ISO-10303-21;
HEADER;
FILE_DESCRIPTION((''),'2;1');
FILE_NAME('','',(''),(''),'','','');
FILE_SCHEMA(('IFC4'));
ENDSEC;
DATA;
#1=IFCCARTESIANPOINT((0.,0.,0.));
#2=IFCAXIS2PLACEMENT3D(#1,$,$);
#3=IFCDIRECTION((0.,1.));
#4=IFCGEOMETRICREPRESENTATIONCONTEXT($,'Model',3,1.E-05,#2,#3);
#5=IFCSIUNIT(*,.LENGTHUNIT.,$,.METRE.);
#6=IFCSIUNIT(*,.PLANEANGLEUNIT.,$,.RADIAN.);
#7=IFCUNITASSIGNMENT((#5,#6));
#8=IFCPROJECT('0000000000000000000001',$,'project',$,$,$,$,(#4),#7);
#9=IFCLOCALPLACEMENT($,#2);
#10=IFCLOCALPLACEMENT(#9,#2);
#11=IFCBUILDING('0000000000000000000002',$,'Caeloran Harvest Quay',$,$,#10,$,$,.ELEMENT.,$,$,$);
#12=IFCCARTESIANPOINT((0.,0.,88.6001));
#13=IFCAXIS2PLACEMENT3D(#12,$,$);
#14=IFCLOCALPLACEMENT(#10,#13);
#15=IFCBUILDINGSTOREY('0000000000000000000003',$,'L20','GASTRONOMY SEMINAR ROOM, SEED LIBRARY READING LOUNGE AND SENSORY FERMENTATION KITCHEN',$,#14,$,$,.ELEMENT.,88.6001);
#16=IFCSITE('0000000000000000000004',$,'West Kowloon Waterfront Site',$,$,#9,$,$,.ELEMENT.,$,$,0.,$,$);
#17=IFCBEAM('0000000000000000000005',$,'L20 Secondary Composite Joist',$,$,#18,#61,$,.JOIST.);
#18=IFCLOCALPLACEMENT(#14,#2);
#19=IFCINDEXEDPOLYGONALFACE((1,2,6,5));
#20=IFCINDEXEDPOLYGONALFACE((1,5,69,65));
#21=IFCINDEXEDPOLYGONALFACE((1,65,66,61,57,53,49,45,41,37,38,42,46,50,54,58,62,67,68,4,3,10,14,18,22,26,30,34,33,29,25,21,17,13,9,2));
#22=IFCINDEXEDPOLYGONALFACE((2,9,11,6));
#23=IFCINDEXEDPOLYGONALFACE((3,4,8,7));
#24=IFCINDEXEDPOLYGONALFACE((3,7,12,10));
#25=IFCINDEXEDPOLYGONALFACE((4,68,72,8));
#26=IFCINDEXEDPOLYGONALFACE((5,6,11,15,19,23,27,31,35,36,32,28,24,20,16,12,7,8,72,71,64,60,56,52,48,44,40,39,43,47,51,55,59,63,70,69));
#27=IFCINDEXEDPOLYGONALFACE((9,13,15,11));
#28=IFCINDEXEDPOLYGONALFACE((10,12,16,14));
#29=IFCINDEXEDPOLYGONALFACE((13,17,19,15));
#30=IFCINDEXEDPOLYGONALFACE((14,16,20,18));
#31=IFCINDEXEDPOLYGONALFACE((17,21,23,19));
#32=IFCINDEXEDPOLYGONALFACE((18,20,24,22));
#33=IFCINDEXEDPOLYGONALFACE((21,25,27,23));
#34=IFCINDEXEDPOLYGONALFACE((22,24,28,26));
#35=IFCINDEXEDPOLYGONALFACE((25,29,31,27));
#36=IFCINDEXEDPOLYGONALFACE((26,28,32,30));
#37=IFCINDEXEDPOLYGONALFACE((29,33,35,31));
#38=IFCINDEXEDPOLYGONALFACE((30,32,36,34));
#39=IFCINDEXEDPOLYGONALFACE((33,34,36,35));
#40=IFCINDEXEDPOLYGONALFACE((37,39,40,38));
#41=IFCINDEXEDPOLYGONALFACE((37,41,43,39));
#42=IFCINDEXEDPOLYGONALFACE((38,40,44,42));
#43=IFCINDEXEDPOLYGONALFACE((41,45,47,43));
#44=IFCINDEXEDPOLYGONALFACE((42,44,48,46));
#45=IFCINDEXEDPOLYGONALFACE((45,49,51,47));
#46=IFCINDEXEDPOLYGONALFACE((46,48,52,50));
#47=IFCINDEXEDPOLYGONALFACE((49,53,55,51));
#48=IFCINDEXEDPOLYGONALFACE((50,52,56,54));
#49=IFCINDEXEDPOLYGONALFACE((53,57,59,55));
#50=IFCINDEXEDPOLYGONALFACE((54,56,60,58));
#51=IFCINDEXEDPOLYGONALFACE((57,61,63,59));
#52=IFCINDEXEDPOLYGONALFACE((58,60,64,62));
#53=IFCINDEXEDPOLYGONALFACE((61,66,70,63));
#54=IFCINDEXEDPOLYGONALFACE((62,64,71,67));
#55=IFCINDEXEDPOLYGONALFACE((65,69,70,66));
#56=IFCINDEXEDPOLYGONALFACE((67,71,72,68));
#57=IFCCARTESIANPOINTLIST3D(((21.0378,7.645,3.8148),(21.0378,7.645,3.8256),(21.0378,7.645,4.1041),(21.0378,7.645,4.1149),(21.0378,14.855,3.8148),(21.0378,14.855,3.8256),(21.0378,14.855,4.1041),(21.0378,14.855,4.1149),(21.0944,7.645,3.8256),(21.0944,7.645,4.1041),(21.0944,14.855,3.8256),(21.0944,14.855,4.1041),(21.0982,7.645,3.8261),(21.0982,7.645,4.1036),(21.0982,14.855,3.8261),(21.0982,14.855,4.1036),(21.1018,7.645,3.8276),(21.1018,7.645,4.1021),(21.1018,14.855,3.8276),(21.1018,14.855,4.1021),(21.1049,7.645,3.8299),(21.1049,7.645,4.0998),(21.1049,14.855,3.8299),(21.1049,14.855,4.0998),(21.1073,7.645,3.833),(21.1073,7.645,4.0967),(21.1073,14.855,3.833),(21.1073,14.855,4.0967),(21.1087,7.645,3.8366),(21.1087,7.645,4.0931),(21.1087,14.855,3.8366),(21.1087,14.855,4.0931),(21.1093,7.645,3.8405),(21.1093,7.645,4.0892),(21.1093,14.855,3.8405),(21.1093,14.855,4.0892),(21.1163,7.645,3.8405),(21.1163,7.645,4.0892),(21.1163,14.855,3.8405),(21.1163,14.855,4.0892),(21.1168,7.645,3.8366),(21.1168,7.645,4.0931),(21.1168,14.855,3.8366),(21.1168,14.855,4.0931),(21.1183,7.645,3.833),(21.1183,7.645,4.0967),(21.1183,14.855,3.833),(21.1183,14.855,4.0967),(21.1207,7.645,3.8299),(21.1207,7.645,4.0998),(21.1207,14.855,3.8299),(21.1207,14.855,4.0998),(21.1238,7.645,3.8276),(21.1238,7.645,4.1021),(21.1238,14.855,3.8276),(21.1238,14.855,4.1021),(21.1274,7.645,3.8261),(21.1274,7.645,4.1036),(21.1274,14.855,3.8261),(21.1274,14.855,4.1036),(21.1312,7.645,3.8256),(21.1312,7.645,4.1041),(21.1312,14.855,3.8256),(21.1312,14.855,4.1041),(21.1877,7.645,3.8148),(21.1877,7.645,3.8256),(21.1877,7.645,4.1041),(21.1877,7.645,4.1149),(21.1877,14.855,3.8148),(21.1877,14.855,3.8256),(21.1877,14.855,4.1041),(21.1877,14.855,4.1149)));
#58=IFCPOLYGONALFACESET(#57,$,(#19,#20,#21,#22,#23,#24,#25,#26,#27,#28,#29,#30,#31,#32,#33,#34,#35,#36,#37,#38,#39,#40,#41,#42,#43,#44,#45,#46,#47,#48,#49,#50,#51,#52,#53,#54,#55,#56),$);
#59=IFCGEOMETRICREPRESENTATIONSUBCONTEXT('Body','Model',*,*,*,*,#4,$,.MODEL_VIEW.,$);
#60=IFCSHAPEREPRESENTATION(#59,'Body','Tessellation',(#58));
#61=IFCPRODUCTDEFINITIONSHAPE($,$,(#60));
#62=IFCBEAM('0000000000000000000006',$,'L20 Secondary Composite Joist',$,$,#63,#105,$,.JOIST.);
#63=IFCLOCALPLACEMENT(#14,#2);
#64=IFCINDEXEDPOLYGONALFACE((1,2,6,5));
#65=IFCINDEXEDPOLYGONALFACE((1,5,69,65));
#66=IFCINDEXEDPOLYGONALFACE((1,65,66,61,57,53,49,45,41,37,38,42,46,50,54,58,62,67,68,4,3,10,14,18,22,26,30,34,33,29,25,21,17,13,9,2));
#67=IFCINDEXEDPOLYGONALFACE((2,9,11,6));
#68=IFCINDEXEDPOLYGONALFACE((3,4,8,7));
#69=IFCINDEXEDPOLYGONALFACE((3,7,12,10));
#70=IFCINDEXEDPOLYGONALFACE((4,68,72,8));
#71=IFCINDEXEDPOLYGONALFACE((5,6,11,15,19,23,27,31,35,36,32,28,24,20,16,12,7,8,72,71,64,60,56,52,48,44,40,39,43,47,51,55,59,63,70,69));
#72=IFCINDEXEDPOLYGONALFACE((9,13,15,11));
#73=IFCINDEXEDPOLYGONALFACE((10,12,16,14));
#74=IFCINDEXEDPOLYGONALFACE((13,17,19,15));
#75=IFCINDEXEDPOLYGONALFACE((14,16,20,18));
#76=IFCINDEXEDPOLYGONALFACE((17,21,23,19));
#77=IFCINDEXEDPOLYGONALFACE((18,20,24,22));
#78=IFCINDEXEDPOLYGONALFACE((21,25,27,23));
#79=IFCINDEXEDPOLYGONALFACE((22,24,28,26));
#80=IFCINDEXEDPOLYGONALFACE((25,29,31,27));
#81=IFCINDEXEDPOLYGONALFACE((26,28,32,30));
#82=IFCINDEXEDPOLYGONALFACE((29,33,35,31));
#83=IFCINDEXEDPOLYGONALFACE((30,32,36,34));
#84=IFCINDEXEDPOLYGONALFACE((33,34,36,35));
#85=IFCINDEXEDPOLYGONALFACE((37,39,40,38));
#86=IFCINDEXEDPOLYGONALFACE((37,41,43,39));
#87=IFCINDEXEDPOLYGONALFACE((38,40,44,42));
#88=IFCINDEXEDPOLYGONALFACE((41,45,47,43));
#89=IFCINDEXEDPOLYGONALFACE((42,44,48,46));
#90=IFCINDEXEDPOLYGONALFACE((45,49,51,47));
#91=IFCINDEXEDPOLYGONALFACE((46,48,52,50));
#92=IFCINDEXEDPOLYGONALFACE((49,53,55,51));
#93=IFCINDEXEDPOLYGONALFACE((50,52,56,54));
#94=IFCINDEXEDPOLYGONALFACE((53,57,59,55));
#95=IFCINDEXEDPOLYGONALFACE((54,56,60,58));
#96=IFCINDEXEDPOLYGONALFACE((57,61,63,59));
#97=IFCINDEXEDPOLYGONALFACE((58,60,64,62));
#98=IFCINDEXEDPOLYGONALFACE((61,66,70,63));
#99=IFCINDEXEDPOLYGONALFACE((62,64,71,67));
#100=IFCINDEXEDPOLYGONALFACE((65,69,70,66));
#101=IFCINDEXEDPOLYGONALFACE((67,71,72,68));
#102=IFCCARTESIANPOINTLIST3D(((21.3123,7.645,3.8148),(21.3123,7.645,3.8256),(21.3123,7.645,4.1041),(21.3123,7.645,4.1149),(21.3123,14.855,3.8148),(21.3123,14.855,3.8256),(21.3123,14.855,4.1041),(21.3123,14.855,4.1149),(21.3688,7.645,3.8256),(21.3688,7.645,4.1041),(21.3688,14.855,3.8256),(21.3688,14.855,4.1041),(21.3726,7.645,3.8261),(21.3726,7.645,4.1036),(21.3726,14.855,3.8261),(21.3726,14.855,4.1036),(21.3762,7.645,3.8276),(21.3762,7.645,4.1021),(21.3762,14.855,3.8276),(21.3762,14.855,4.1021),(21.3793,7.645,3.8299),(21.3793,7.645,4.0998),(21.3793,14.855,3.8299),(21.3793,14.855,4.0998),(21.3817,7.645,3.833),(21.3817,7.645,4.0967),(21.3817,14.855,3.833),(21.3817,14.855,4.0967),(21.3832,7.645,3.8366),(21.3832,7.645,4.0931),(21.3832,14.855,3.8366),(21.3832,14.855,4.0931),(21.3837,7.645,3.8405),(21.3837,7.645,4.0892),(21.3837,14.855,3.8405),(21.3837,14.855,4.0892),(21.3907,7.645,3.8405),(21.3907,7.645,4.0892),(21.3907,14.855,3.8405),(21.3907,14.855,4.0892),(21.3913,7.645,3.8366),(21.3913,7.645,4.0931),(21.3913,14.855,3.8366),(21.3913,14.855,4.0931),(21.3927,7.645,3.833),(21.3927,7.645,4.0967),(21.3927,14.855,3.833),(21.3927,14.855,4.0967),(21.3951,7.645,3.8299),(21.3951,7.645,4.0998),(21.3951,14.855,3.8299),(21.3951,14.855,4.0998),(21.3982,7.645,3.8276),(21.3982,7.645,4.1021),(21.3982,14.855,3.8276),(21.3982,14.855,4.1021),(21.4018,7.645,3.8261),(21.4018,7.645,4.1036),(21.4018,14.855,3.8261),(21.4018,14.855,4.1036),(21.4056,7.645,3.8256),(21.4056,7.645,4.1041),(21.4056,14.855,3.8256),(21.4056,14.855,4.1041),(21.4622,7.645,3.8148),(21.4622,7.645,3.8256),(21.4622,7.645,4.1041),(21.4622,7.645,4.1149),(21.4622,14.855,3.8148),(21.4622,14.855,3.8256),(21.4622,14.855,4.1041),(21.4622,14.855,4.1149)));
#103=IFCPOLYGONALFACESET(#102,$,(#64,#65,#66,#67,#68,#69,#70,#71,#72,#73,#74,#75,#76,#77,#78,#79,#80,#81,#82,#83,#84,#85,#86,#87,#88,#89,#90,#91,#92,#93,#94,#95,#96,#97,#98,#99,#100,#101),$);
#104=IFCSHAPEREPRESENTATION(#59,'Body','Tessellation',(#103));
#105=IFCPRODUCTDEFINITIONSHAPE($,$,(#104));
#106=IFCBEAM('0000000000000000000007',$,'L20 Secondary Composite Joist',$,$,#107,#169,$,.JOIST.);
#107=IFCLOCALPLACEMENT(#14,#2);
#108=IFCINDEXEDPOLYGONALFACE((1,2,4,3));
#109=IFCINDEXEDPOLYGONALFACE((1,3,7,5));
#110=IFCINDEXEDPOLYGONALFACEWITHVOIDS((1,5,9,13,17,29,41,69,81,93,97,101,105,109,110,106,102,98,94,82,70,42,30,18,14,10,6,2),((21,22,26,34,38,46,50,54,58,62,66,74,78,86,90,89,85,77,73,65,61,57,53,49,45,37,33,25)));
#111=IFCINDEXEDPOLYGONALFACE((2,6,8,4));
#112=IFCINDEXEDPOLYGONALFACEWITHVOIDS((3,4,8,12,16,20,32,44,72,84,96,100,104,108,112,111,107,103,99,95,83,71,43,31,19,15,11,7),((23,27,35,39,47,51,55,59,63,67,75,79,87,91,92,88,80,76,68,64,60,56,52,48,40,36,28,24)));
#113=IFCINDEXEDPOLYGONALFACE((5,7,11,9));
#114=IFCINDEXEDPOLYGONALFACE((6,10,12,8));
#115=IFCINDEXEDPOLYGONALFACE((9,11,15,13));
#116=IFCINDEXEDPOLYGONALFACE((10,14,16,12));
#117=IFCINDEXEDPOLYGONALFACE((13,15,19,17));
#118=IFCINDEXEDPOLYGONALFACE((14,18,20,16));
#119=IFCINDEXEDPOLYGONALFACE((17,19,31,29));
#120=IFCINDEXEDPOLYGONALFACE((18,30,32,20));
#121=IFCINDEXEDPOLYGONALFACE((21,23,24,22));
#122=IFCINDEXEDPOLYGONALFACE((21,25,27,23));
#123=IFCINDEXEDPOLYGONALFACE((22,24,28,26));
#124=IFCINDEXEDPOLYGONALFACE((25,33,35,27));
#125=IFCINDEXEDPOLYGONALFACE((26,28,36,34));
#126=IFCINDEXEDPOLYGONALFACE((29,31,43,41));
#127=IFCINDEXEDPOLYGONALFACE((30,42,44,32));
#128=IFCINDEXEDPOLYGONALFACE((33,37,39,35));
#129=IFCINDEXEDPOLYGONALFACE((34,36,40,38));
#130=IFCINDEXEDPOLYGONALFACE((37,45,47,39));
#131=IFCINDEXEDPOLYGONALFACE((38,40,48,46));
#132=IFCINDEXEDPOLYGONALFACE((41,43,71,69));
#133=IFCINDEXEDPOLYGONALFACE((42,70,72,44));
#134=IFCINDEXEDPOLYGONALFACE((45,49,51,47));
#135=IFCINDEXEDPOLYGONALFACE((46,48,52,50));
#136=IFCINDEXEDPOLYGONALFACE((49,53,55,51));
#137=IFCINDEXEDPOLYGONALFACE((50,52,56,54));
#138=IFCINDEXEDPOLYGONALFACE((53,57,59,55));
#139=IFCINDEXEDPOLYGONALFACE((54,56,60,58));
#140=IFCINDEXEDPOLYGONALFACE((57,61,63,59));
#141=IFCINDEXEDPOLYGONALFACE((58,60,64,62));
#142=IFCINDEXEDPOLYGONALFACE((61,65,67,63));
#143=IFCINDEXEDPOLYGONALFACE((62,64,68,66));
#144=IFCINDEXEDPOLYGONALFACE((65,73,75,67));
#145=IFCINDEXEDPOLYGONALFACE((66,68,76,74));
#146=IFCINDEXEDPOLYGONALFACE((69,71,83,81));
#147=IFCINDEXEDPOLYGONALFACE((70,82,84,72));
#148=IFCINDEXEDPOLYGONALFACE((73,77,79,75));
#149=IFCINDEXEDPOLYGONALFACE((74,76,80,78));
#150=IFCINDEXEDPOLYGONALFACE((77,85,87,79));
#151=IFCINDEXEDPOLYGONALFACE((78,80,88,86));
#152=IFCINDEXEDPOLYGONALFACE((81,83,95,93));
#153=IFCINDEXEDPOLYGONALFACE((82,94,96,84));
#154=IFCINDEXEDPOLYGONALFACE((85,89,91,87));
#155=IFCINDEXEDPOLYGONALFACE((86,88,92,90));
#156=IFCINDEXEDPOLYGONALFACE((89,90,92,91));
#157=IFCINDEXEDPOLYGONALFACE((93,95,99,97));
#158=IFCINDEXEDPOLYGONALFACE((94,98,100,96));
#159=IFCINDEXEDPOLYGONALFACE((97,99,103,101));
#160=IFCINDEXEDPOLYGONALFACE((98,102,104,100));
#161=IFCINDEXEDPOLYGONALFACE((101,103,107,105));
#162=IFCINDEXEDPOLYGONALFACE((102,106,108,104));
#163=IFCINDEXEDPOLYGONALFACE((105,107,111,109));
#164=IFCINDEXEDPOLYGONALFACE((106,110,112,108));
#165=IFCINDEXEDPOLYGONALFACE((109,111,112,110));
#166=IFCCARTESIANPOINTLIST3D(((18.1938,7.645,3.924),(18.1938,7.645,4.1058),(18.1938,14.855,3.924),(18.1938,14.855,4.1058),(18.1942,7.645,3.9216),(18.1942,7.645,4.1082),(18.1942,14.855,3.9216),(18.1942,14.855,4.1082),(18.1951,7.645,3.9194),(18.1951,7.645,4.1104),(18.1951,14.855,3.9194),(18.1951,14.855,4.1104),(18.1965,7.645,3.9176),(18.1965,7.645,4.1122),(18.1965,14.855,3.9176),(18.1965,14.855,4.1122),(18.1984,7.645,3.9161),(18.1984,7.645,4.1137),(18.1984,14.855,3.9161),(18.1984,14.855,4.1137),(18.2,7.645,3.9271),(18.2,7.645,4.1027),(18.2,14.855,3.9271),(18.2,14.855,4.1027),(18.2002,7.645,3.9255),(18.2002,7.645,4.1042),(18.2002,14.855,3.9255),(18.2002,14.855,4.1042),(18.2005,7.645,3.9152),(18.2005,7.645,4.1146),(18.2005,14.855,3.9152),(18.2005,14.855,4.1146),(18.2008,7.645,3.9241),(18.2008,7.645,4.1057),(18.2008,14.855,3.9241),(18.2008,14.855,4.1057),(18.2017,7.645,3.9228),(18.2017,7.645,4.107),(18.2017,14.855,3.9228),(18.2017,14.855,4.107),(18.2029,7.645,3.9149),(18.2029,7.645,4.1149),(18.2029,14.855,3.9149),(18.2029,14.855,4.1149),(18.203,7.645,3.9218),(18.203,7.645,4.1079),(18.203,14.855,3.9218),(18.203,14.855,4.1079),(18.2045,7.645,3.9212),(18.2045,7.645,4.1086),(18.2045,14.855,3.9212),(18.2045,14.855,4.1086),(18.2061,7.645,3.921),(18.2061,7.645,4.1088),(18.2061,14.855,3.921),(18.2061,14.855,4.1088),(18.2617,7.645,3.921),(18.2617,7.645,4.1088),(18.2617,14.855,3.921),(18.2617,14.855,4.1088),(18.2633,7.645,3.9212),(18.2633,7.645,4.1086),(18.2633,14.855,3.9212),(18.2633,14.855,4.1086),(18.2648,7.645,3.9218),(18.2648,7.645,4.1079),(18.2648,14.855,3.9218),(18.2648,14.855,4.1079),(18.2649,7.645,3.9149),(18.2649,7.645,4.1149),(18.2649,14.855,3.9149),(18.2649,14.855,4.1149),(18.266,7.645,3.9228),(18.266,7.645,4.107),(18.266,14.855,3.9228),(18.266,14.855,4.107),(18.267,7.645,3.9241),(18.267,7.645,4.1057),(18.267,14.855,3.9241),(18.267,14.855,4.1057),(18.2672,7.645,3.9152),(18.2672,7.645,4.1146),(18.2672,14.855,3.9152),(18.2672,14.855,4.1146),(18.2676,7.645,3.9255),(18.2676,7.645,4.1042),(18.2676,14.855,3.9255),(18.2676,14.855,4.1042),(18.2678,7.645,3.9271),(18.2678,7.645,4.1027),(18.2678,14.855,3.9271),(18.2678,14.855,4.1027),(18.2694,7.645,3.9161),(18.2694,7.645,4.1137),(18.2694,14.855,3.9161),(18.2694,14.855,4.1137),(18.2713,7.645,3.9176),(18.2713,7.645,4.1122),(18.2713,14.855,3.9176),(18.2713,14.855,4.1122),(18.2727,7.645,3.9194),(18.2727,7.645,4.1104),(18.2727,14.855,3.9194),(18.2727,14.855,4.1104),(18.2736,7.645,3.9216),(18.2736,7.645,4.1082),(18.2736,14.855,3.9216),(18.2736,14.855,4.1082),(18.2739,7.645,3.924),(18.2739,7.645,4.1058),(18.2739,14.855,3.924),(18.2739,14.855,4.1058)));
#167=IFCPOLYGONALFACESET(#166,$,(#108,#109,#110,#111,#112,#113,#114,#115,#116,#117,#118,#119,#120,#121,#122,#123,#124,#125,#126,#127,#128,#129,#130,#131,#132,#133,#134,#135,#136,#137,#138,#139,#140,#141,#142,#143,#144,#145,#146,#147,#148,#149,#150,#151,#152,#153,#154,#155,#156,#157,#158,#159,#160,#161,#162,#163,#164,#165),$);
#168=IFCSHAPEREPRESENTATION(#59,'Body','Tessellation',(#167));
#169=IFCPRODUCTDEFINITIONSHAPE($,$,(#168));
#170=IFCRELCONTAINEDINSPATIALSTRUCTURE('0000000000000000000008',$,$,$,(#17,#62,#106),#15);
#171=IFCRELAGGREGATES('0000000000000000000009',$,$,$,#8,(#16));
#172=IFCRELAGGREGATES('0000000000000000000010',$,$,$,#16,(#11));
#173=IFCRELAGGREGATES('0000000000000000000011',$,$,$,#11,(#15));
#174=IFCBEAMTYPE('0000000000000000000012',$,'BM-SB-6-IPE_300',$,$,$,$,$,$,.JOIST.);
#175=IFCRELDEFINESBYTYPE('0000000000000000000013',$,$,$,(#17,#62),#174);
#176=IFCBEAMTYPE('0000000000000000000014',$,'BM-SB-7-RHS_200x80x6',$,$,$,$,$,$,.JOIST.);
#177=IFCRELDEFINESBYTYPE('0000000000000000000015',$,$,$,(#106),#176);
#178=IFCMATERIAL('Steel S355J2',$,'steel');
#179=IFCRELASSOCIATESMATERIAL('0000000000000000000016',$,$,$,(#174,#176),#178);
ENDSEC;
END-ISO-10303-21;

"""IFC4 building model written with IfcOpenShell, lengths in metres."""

from ifc_helpers import new_model, si_unit, direction, frame, origin, origin_2d, place, context, subcontext, project, spatial, hollow_rectangle, i_section, extrude, material, material_profile, profile_set, type_object, element, save


model = new_model("IFC4")

# Units and contexts
model_context = context("Model", 3, precision=1e-05, world=origin(), true_north=direction((0.0, 1.0)))
body_context = subcontext(model_context, "Body", "Model", "MODEL_VIEW")
ifc_project = project(units=[si_unit("LENGTHUNIT", "METRE"), si_unit("PLANEANGLEUNIT", "RADIAN")], contexts=[model_context])

# Site, building, storey
site_placement = place(None, origin())
site = spatial("IfcSite", under=ifc_project, at=site_placement, Name="West Kowloon Waterfront Site", CompositionType="ELEMENT", RefElevation=0.0)
building_placement = place(site_placement, origin())
building = spatial("IfcBuilding", under=site, at=building_placement, Name="Caeloran Harvest Quay", CompositionType="ELEMENT")
storey_placement = place(building_placement, frame((0.0, 0.0, 88.6001)))
storey = spatial("IfcBuildingStorey", under=building, at=storey_placement, Name="L20", Description="GASTRONOMY SEMINAR ROOM, SEED LIBRARY READING LOUNGE AND SENSORY FERMENTATION KITCHEN", CompositionType="ELEMENT", Elevation=88.6001)

# Beams
ifc_material_1 = material(Name="Steel S355J2", Category="steel")
ifc_material_profile_1 = material_profile(ifc_material_1, i_section(OverallWidth=0.1499, OverallDepth=0.3, WebThickness=0.0071, FlangeThickness=0.0107, FilletRadius=0.0149, at=origin_2d()), Name="IPE 300")
ifc_profile_set_1 = profile_set([ifc_material_profile_1], Name="Steel S355J2")
beam_type_1 = type_object("IfcBeamType", Name="BM-SB-6-IPE_300", PredefinedType="JOIST", material=ifc_profile_set_1)
for number, where, z_axis, x_axis, name in (
    (1, (21.1128, 7.645, 3.9648), (0.0, 1.0, 0.0), (-1.0, 0.0, 0.0), "L20 Secondary Composite Joist"),
    (2, (21.3872, 7.645, 3.9648), (0.0, 1.0, 0.0), (-1.0, 0.0, 0.0), "L20 Secondary Composite Joist"),
):
    element("IfcBeam", number, at=place(storey_placement, frame(where, z_axis=z_axis, x_axis=x_axis)), inside=storey, type_object=beam_type_1, Name=name, PredefinedType="JOIST", context=body_context, shape_type="SweptSolid", body=[
        extrude(i_section(OverallWidth=0.1499, OverallDepth=0.3, WebThickness=0.0071, FlangeThickness=0.0107, FilletRadius=0.0149, at=origin_2d()), origin(), (0.0, 0.0, 1.0), 7.21),
    ])
ifc_material_profile_2 = material_profile(ifc_material_1, hollow_rectangle(XDim=0.0801, YDim=0.2, WallThickness=0.0061, InnerFilletRadius=0.0061, OuterFilletRadius=0.009, at=origin_2d()), Name="RHS 200x80x6")
ifc_profile_set_2 = profile_set([ifc_material_profile_2], Name="Steel S355J2")
beam_type_2 = type_object("IfcBeamType", Name="BM-SB-7-RHS_200x80x6", PredefinedType="JOIST", material=ifc_profile_set_2)
for number, where, z_axis, x_axis, name in (
    (3, (18.2339, 7.645, 4.0149), (0.0, 1.0, 0.0), (-1.0, 0.0, 0.0), "L20 Secondary Composite Joist"),
):
    element("IfcBeam", number, at=place(storey_placement, frame(where, z_axis=z_axis, x_axis=x_axis)), inside=storey, type_object=beam_type_2, Name=name, PredefinedType="JOIST", context=body_context, shape_type="SweptSolid", body=[
        extrude(hollow_rectangle(XDim=0.0801, YDim=0.2, WallThickness=0.0061, InnerFilletRadius=0.0061, OuterFilletRadius=0.009, at=origin_2d()), origin(), (0.0, 0.0, 1.0), 7.21),
    ])

save(model, "model.ifc")
